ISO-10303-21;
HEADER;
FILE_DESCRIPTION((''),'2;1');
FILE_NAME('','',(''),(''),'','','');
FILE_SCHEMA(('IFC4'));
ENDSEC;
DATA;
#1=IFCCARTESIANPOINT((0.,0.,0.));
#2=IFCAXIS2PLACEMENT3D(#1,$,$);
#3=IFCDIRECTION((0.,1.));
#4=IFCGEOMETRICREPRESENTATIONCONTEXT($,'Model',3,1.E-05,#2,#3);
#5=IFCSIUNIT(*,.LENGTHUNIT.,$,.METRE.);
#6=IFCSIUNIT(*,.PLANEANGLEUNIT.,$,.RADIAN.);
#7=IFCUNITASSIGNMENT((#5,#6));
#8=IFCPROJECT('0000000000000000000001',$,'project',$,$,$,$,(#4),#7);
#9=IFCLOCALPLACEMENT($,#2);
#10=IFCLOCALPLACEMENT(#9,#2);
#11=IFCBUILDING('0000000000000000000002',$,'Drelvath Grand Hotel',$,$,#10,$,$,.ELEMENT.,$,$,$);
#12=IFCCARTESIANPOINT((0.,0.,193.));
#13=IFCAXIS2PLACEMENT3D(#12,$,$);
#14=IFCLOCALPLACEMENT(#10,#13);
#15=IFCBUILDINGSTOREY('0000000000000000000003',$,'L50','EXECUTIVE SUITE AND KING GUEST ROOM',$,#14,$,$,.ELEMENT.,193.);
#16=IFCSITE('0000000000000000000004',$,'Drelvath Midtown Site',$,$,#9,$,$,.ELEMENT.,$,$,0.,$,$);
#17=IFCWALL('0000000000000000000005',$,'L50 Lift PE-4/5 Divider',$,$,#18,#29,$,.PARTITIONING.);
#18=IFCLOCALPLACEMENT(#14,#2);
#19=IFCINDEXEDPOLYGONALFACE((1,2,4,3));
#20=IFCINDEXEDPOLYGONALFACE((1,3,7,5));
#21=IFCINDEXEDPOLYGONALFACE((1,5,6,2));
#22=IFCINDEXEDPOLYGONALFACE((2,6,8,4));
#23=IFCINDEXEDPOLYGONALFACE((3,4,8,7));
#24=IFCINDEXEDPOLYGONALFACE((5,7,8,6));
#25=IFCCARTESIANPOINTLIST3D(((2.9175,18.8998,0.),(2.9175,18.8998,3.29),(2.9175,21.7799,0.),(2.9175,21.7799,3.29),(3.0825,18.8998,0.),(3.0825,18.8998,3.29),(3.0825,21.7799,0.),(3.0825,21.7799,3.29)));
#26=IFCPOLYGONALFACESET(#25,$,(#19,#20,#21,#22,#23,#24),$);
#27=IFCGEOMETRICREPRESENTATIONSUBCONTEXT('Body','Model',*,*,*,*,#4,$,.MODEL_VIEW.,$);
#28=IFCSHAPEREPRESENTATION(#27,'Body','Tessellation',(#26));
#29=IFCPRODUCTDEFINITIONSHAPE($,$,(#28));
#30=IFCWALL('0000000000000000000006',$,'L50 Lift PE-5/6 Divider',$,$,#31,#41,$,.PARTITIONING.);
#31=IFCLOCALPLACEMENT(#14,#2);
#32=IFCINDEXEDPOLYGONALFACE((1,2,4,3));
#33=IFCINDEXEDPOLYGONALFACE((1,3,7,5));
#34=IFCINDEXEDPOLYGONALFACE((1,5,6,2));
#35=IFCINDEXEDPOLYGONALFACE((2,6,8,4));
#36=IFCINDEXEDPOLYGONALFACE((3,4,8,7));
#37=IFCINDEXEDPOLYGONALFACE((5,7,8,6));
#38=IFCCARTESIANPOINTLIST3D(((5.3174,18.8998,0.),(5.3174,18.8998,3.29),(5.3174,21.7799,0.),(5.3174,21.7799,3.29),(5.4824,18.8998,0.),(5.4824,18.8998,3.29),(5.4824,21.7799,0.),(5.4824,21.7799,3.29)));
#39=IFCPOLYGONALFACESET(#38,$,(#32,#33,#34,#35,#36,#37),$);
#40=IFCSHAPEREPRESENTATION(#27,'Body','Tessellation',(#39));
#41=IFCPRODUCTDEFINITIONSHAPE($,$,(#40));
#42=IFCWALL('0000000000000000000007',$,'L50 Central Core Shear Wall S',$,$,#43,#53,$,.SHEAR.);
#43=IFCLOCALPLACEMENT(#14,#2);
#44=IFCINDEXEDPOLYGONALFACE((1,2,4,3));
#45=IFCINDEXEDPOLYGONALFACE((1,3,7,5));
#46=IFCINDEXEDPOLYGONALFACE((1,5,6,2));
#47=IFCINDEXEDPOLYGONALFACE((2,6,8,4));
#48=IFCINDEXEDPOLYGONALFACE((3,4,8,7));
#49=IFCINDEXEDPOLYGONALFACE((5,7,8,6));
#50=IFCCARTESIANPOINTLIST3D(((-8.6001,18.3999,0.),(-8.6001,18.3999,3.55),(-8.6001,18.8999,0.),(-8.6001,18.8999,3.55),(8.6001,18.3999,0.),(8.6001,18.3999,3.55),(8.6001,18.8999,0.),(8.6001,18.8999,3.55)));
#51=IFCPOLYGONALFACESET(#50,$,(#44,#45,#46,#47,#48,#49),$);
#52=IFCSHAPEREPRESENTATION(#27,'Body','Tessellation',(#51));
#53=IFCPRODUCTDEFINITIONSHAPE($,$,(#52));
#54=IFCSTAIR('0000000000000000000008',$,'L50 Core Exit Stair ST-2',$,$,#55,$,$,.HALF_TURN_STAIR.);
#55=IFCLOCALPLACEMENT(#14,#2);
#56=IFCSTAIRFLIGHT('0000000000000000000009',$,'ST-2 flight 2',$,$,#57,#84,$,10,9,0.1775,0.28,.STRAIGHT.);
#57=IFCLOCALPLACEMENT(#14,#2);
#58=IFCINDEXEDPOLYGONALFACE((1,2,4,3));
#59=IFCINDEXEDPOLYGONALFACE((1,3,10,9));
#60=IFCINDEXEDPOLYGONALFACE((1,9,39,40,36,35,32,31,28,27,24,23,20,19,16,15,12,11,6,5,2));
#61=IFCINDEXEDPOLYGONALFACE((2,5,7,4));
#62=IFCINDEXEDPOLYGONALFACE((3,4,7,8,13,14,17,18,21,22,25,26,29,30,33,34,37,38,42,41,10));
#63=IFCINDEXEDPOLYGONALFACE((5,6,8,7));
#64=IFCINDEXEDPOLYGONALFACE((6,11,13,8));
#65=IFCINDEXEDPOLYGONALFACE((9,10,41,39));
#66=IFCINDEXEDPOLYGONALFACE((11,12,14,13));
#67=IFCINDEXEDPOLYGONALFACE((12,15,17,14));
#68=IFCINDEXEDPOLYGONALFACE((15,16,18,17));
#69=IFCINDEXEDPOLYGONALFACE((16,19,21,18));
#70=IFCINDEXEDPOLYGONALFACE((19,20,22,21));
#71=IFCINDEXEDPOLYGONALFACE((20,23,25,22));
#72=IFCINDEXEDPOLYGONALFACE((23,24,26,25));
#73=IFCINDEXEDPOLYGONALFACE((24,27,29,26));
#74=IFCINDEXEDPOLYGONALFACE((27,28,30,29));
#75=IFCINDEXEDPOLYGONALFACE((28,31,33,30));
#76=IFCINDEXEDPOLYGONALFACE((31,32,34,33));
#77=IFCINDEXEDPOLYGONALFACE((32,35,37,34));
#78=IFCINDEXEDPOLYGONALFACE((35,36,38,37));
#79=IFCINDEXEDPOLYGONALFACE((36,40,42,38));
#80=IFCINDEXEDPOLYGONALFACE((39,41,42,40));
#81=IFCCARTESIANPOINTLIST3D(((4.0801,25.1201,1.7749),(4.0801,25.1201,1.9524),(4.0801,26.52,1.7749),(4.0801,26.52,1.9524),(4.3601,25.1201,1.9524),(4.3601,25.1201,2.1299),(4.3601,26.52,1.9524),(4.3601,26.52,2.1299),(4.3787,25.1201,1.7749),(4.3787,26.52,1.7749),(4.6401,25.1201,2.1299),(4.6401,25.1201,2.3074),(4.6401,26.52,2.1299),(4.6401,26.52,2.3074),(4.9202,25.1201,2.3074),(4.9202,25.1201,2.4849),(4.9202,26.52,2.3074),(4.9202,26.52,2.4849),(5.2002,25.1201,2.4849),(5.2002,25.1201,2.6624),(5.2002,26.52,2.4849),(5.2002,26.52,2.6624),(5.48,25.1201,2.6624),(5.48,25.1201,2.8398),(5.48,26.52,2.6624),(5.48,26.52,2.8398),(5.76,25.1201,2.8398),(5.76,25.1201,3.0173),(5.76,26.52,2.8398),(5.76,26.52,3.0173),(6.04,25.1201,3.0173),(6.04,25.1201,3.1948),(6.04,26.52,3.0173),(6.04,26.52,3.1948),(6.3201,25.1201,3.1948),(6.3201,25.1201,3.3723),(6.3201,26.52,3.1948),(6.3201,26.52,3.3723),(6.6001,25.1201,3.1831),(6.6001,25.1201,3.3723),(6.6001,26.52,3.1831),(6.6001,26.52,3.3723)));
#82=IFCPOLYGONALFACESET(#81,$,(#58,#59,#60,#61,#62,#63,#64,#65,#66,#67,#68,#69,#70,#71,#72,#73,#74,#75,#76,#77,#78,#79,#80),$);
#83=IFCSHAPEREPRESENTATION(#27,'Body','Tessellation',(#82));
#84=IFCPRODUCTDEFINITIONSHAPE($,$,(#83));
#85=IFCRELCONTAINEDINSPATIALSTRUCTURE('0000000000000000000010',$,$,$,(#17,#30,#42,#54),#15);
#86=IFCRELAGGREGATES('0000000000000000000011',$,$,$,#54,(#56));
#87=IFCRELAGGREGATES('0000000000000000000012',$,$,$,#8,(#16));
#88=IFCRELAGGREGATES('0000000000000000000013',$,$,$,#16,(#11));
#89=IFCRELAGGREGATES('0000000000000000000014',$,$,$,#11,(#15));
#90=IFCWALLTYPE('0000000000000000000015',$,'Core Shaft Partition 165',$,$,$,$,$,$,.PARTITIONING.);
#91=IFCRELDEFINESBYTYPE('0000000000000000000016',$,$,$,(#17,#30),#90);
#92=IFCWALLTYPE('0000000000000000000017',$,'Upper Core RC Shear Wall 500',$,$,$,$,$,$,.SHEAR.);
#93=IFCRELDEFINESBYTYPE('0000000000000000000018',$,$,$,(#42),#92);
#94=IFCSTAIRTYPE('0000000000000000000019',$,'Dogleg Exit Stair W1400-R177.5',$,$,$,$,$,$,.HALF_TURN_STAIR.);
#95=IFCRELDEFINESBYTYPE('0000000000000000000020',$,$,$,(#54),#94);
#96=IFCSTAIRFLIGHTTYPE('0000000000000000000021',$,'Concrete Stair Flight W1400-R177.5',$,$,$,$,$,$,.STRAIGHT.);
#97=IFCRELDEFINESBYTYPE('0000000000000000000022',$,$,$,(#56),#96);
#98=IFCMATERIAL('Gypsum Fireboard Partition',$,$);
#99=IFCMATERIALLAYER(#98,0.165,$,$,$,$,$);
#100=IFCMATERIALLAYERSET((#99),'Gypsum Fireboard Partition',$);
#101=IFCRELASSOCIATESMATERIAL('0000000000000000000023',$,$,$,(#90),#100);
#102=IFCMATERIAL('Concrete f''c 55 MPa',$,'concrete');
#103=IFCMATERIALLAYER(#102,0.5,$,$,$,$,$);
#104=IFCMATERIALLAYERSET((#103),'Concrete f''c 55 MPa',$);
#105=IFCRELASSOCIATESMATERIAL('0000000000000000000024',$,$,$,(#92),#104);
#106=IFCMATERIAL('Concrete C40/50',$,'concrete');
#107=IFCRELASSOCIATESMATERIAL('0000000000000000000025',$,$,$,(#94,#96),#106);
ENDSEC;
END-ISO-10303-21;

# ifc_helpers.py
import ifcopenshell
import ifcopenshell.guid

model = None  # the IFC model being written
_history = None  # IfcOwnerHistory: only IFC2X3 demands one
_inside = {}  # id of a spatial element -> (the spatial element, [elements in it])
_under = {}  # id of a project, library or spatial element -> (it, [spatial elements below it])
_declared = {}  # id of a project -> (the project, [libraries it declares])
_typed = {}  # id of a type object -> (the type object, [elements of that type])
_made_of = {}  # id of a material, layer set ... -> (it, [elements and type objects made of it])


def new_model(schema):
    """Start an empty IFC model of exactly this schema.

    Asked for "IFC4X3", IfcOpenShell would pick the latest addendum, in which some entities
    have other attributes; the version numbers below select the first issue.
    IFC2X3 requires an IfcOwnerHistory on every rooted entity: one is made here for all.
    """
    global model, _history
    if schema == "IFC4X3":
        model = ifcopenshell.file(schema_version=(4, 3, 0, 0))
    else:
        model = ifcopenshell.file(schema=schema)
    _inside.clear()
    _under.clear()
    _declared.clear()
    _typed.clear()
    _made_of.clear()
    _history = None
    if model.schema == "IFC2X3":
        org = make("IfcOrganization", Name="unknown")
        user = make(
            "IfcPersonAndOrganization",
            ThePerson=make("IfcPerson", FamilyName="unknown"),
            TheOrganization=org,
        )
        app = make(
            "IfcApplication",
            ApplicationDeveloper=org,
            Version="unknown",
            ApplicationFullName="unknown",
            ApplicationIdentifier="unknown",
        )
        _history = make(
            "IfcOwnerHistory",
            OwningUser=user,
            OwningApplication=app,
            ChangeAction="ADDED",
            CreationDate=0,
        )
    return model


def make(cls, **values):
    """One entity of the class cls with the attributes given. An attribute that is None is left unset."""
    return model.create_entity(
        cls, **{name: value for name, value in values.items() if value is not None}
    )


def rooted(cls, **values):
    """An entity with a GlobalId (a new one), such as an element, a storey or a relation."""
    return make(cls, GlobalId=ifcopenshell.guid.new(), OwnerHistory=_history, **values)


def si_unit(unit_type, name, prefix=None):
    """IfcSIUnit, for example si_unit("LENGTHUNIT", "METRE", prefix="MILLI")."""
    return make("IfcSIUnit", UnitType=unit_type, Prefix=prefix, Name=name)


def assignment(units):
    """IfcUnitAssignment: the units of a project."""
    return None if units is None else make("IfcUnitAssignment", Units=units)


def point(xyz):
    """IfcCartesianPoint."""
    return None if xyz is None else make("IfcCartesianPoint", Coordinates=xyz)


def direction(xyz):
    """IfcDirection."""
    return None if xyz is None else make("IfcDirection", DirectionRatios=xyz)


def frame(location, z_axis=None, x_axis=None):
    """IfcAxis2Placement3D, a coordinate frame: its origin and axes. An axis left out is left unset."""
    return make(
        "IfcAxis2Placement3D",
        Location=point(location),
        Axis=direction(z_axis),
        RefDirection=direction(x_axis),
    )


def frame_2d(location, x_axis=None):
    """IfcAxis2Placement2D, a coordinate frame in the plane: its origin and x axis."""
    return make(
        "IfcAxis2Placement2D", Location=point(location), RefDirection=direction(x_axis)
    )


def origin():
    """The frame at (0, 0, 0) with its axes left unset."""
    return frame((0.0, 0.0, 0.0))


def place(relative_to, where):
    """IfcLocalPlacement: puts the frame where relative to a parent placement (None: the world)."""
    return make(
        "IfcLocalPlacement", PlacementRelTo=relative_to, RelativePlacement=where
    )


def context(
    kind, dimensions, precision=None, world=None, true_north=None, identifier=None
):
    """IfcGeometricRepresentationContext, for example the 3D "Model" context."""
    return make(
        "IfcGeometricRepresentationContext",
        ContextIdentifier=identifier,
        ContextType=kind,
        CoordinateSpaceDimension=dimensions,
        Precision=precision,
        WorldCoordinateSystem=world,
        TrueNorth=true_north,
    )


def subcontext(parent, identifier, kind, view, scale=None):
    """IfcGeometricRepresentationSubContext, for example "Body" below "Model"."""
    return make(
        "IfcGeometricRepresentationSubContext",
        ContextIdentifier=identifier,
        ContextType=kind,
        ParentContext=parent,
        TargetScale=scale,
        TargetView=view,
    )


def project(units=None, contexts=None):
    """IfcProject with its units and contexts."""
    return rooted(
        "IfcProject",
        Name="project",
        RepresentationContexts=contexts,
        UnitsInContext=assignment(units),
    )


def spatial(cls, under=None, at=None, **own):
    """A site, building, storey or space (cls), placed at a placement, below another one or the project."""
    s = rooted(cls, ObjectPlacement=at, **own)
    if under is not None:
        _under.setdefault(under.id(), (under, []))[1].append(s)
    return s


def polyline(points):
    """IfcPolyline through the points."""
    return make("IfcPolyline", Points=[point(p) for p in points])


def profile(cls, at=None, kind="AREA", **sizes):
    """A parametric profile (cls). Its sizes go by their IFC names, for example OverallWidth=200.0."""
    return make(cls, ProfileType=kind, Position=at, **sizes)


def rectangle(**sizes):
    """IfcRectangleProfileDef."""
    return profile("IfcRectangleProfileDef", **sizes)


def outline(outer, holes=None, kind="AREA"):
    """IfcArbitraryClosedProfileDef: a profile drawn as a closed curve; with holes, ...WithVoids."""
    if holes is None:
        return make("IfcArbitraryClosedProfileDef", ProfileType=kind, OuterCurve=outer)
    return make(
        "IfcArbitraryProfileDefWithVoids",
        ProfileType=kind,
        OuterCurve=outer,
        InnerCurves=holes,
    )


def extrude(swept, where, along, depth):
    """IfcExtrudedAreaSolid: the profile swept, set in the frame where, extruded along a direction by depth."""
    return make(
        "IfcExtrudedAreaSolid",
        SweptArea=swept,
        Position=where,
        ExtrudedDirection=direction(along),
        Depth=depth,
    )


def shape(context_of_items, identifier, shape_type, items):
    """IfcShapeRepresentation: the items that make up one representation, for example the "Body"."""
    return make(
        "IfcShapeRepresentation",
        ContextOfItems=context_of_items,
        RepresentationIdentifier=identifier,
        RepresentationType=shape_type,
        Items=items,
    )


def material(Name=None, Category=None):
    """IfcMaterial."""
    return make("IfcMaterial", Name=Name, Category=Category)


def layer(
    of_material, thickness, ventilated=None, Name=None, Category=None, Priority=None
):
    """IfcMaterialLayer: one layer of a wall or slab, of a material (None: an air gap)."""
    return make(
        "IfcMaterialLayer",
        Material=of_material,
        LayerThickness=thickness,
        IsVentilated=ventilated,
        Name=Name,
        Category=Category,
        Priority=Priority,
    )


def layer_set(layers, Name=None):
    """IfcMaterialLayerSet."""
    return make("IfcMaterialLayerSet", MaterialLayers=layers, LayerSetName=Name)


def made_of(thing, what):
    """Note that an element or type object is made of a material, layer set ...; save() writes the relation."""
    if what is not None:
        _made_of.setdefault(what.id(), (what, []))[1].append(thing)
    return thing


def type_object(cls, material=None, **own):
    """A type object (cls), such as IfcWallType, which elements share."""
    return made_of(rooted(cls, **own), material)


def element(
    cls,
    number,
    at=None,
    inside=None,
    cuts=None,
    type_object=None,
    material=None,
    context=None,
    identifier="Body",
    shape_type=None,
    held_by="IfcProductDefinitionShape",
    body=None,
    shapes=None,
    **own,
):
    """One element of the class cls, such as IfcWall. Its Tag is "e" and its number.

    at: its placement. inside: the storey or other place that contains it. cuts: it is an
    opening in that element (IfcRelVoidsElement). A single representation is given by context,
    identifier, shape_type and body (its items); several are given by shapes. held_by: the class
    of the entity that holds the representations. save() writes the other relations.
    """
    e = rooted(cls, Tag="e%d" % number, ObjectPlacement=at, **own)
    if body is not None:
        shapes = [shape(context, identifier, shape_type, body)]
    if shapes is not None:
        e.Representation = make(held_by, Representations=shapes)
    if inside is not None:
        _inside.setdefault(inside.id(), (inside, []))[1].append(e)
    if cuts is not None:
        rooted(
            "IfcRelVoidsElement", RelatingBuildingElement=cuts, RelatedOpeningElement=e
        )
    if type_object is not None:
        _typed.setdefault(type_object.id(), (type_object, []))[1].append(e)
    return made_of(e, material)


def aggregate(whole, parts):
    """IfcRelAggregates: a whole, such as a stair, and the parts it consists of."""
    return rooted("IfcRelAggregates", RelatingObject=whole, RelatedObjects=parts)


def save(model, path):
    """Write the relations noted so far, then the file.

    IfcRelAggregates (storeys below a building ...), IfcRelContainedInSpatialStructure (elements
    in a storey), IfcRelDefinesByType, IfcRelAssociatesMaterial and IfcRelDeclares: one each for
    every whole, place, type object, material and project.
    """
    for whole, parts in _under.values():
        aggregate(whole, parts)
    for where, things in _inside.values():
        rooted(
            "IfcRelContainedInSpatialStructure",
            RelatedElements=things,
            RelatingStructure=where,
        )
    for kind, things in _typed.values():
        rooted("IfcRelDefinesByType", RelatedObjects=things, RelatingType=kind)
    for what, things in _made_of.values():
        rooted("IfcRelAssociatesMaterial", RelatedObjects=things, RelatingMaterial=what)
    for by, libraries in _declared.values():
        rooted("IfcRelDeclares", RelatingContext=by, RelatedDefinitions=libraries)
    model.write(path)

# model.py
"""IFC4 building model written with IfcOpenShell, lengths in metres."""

from ifc_helpers import new_model, si_unit, direction, frame, frame_2d, origin, place, context, subcontext, project, spatial, polyline, rectangle, outline, extrude, material, layer, layer_set, type_object, element, aggregate, save


model = new_model("IFC4")

# Units and contexts
model_context = context("Model", 3, precision=1e-05, world=origin(), true_north=direction((0.0, 1.0)))
body_context = subcontext(model_context, "Body", "Model", "MODEL_VIEW")
ifc_project = project(units=[si_unit("LENGTHUNIT", "METRE"), si_unit("PLANEANGLEUNIT", "RADIAN")], contexts=[model_context])

# Site, building, storey
site_placement = place(None, origin())
site = spatial("IfcSite", under=ifc_project, at=site_placement, Name="Drelvath Midtown Site", CompositionType="ELEMENT", RefElevation=0.0)
building_placement = place(site_placement, origin())
building = spatial("IfcBuilding", under=site, at=building_placement, Name="Drelvath Grand Hotel", CompositionType="ELEMENT")
storey_placement = place(building_placement, frame((0.0, 0.0, 193.0)))
storey = spatial("IfcBuildingStorey", under=building, at=storey_placement, Name="L50", Description="EXECUTIVE SUITE AND KING GUEST ROOM", CompositionType="ELEMENT", Elevation=193.0)

# Shared definitions
ifc_material_1 = material(Name="Concrete f'c 55 MPa", Category="concrete")

# Shared definitions
ifc_material_2 = material(Name="Concrete C40/50", Category="concrete")

# Walls
ifc_material_3 = material(Name="Gypsum Fireboard Partition")
ifc_layer_1 = layer(ifc_material_3, 0.165)
ifc_layer_set_1 = layer_set([ifc_layer_1], Name="Gypsum Fireboard Partition")
wall_type_1 = type_object("IfcWallType", Name="Core Shaft Partition 165", PredefinedType="PARTITIONING", material=ifc_layer_set_1)
for number, where, z_axis, x_axis, name in (
    (1, (3.0, 18.8999, 0.0), (0.0, 0.0, 1.0), (0.0, 1.0, 0.0), "L50 Lift PE-4/5 Divider"),
    (2, (5.3999, 18.8999, 0.0), (0.0, 0.0, 1.0), (0.0, 1.0, 0.0), "L50 Lift PE-5/6 Divider"),
):
    element("IfcWall", number, at=place(storey_placement, frame(where, z_axis=z_axis, x_axis=x_axis)), inside=storey, type_object=wall_type_1, Name=name, PredefinedType="PARTITIONING", context=body_context, shape_type="SweptSolid", body=[
        extrude(rectangle(XDim=2.8801, YDim=0.165, at=frame_2d((1.4399, 0.0))), origin(), (0.0, 0.0, 1.0), 3.29),
    ])
ifc_layer_2 = layer(ifc_material_1, 0.5)
ifc_layer_set_2 = layer_set([ifc_layer_2], Name="Concrete f'c 55 MPa")
wall_type_2 = type_object("IfcWallType", Name="Upper Core RC Shear Wall 500", PredefinedType="SHEAR", material=ifc_layer_set_2)
wall_1_placement = place(storey_placement, frame((8.6001, 18.6499, 0.0), z_axis=(0.0, 0.0, 1.0), x_axis=(-1.0, 0.0, 0.0)))
element("IfcWall", 3, at=wall_1_placement, inside=storey, type_object=wall_type_2, Name="L50 Central Core Shear Wall S", PredefinedType="SHEAR", context=body_context, shape_type="SweptSolid", body=[
    extrude(rectangle(XDim=17.2002, YDim=0.5, at=frame_2d((8.6001, 0.0))), origin(), (0.0, 0.0, 1.0), 3.55),
])

# Stair, stair flight
stair_type = type_object("IfcStairType", Name="Dogleg Exit Stair W1400-R177.5", PredefinedType="HALF_TURN_STAIR", material=ifc_material_2)
stair_placement = place(storey_placement, origin())
stair = element("IfcStair", 4, at=stair_placement, inside=storey, type_object=stair_type, Name="L50 Core Exit Stair ST-2", PredefinedType="HALF_TURN_STAIR")
stair_flight_type = type_object("IfcStairFlightType", Name="Concrete Stair Flight W1400-R177.5", PredefinedType="STRAIGHT", material=ifc_material_2)
stair_flight_placement = place(storey_placement, frame((4.0801, 25.8201, 1.7749), z_axis=(0.0, 0.0, 1.0), x_axis=(1.0, 0.0, 0.0)))
stair_flight = element("IfcStairFlight", 5, at=stair_flight_placement, type_object=stair_flight_type, Name="ST-2 flight 2", NumberOfRisers=10, NumberOfTreads=9, PredefinedType="STRAIGHT", RiserHeight=0.1775, TreadLength=0.28, context=body_context, shape_type="SweptSolid", body=[
    extrude(outline(polyline([(0.0, 0.0), (0.0, 0.1775), (0.28, 0.1775), (0.28, 0.355), (0.5601, 0.355), (0.5601, 0.5325), (0.8401, 0.5325), (0.8401, 0.71), (1.1201, 0.71), (1.1201, 0.8875), (1.3999, 0.8875), (1.3999, 1.0649), (1.6799, 1.0649), (1.6799, 1.2424), (1.96, 1.2424), (1.96, 1.4199), (2.24, 1.4199), (2.24, 1.5974), (2.52, 1.5974), (2.52, 1.7749), (2.52, 1.4082), (0.2986, 0.0), (0.0, 0.0)])), frame((0.0, 0.7, 0.0), z_axis=(0.0, -1.0, 0.0), x_axis=(1.0, 0.0, 0.0)), (0.0, 0.0, 1.0), 1.3999),
])
aggregate(stair, [stair_flight])

save(model, "model.ifc")
